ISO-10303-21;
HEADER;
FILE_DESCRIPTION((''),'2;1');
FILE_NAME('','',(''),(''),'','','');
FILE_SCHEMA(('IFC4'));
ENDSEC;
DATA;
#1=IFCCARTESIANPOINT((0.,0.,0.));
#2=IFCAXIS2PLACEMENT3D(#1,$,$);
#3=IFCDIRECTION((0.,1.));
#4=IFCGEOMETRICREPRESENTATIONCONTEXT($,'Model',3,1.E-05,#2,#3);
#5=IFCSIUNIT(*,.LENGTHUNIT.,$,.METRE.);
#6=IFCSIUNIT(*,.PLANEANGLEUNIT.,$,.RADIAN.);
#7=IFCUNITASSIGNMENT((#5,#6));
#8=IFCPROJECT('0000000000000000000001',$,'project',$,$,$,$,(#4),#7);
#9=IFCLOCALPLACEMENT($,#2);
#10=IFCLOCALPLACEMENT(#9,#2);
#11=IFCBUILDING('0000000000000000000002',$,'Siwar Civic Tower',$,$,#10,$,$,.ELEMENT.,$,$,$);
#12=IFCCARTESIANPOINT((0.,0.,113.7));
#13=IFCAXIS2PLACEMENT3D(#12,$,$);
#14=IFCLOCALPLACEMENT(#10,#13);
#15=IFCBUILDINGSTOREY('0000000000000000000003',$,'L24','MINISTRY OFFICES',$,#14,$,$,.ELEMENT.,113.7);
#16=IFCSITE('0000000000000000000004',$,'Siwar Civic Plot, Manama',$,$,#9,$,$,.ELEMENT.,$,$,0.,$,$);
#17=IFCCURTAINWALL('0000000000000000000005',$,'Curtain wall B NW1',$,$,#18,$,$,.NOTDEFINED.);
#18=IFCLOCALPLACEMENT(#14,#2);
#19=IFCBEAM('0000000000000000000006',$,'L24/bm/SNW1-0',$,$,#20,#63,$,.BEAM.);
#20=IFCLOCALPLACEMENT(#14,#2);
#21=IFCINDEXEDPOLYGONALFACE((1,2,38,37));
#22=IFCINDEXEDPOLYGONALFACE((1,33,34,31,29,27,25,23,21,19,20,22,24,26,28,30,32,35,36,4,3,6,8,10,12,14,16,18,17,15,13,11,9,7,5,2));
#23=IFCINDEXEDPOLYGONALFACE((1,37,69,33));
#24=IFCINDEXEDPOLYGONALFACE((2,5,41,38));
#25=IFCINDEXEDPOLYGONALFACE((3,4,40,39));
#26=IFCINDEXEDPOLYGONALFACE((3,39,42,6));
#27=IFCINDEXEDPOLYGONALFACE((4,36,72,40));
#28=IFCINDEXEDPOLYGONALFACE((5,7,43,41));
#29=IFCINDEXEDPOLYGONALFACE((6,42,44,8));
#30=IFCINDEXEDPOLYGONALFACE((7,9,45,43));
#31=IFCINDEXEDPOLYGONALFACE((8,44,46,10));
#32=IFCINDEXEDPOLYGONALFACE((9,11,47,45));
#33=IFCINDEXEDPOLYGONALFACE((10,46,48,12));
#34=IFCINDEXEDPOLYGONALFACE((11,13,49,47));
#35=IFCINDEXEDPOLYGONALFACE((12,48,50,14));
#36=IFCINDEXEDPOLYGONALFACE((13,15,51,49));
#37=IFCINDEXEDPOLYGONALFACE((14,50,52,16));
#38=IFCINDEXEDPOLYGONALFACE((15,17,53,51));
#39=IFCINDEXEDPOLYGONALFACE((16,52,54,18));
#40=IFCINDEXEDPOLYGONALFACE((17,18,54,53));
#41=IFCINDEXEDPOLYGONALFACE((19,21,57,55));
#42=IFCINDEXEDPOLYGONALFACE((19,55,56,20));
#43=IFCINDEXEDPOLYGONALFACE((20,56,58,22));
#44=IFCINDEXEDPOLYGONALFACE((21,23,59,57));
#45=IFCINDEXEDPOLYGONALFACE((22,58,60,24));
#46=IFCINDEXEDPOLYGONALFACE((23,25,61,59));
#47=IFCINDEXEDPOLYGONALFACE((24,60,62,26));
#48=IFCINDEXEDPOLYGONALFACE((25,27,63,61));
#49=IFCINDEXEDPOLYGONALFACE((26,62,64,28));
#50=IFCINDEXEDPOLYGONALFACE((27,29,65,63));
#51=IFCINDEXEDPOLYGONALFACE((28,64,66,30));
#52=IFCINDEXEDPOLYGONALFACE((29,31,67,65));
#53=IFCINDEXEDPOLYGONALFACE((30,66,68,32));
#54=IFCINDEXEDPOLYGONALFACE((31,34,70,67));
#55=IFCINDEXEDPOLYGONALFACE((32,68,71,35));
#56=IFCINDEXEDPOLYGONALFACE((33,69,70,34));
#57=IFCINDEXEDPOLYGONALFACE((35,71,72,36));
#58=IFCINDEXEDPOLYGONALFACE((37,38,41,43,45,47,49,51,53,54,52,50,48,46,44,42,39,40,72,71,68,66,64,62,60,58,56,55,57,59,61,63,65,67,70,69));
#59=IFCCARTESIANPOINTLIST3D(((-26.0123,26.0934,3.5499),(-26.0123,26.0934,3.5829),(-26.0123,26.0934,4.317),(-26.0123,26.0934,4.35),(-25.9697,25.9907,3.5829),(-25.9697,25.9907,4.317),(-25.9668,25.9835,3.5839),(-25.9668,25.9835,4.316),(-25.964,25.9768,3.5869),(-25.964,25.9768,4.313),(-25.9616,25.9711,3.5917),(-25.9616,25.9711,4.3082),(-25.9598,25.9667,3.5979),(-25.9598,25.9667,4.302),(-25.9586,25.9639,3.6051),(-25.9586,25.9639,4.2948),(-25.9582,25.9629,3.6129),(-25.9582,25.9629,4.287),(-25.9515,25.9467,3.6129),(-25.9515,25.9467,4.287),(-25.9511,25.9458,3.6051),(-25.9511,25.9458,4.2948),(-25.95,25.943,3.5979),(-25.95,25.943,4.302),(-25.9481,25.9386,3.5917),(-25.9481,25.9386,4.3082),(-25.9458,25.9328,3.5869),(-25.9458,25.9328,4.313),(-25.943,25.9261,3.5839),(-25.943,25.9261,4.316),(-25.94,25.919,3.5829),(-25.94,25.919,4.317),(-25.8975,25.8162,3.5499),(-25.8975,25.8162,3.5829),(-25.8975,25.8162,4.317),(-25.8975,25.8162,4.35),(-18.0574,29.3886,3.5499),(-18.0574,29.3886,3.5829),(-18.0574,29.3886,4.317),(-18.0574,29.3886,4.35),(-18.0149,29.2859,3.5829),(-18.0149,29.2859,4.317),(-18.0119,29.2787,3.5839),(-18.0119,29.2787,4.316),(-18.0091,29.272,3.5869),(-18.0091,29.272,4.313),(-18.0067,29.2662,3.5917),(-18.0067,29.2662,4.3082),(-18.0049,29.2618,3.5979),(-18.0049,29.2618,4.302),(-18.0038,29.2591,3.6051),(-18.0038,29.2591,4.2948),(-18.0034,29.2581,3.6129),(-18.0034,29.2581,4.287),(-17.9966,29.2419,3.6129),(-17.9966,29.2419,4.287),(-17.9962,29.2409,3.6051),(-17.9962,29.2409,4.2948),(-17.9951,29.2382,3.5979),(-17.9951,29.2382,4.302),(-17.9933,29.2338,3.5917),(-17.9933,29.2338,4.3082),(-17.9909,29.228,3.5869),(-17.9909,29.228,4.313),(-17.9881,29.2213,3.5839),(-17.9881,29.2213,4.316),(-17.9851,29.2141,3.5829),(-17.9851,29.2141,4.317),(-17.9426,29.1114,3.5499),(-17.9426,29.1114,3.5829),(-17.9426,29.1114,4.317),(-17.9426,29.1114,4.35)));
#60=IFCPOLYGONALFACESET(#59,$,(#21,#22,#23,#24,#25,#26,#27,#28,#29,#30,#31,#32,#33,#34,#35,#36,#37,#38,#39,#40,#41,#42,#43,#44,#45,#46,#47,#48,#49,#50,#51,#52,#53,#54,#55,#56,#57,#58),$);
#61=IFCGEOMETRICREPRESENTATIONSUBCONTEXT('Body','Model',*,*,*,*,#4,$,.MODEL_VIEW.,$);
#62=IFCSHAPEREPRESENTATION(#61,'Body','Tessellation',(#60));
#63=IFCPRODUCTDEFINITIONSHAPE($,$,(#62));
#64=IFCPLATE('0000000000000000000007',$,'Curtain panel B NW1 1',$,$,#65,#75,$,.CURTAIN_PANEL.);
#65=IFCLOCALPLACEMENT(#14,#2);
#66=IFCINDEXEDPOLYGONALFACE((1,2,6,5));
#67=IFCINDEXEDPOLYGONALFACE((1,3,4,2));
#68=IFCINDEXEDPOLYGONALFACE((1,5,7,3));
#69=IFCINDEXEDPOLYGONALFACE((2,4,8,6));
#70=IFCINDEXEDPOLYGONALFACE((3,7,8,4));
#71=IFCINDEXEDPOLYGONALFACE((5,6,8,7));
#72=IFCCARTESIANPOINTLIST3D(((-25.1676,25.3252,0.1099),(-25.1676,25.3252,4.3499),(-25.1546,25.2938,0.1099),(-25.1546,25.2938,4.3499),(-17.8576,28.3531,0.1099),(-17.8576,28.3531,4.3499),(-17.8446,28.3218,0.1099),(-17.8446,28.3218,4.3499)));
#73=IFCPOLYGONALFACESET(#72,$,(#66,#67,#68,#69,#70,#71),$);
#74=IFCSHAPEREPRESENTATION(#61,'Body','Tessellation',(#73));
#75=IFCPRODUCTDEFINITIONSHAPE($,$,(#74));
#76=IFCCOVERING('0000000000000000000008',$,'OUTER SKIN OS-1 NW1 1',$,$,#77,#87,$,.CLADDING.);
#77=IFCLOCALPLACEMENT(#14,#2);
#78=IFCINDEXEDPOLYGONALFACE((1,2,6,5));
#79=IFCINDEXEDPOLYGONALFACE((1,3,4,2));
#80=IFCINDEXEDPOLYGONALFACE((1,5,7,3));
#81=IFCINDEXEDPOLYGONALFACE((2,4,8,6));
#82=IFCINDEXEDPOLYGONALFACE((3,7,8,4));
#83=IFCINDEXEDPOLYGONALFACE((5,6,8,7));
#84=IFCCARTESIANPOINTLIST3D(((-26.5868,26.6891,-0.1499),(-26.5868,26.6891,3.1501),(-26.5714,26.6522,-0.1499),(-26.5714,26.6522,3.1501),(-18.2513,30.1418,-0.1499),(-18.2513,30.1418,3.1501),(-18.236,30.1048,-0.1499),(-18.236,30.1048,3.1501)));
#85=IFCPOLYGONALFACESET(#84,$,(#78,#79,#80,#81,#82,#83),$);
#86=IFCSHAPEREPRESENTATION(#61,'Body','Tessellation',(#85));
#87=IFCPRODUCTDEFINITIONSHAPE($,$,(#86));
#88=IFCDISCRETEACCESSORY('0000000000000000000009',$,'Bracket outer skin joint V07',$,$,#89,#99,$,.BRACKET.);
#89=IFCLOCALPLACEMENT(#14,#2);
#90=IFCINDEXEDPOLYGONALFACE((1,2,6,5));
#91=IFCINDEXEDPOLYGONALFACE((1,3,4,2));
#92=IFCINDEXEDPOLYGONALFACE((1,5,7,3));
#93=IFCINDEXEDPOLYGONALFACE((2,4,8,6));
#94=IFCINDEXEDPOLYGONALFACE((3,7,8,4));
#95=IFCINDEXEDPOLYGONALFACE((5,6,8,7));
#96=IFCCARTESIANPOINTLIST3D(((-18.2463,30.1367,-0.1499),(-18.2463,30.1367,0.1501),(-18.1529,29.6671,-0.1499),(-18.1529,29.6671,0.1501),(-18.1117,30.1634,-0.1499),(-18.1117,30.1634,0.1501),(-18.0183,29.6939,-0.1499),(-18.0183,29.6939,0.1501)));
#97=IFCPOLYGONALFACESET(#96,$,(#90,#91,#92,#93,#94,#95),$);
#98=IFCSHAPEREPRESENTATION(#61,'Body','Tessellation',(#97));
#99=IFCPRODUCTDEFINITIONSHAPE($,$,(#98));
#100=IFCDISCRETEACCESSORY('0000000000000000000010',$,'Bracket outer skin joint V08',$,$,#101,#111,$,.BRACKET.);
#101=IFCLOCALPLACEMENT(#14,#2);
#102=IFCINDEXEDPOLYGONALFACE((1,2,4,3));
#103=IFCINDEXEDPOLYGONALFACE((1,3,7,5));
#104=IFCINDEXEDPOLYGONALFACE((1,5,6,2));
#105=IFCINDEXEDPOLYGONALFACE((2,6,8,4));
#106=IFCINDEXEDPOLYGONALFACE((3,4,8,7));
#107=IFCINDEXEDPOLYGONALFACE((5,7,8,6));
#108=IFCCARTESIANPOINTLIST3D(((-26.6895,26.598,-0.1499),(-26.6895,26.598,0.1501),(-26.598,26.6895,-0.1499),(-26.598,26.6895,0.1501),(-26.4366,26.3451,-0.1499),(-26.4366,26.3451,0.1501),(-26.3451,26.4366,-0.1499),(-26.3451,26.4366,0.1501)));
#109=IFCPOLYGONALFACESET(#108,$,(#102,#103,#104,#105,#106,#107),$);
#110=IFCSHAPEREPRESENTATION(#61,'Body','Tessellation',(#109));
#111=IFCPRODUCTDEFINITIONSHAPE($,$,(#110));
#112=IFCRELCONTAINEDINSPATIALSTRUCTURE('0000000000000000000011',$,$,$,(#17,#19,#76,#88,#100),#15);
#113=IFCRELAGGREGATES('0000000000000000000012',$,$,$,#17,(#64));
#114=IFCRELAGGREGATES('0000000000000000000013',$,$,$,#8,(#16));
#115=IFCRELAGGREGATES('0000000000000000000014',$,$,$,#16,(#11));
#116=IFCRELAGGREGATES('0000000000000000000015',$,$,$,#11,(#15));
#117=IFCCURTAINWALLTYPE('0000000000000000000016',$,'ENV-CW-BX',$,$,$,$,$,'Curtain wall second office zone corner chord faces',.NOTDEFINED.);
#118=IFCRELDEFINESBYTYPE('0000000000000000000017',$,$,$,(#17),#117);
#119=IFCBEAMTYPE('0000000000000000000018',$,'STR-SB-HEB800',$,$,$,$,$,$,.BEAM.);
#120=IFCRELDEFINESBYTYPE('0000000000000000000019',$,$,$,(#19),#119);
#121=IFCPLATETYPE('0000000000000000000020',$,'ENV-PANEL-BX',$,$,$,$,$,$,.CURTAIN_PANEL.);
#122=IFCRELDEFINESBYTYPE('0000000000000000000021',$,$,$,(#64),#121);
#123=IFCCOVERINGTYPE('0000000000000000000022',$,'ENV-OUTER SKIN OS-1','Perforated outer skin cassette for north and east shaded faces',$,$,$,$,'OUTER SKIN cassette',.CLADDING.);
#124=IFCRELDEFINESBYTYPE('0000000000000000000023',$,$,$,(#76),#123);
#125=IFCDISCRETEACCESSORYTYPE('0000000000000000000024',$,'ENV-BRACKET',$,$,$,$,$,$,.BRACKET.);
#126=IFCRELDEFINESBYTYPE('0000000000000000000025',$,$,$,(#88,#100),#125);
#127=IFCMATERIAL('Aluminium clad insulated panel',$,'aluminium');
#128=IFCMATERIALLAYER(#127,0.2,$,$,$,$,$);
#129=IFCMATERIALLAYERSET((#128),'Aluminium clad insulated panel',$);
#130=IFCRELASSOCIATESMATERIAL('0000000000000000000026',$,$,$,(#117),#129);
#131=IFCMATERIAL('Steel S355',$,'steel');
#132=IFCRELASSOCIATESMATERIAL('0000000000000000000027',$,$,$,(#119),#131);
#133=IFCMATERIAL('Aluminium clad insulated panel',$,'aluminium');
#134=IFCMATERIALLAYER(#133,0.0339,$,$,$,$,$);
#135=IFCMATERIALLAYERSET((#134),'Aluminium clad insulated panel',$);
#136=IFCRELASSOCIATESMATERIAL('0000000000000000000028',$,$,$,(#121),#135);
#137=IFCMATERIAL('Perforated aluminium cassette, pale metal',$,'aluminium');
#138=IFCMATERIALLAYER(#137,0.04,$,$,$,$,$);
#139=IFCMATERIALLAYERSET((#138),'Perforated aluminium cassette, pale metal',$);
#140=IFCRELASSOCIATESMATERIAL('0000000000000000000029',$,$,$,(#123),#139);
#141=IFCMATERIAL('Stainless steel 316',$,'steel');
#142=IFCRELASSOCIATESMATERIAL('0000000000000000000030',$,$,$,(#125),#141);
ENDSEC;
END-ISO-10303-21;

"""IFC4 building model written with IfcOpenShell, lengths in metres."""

from ifc_helpers import new_model, si_unit, direction, frame, origin, origin_2d, place, context, subcontext, project, spatial, rectangle, i_section, extrude, material, layer, layer_set, material_profile, profile_set, type_object, element, aggregate, save


model = new_model("IFC4")

# Units and contexts
model_context = context("Model", 3, precision=1e-05, world=origin(), true_north=direction((0.0, 1.0)))
body_context = subcontext(model_context, "Body", "Model", "MODEL_VIEW")
ifc_project = project(units=[si_unit("LENGTHUNIT", "METRE"), si_unit("PLANEANGLEUNIT", "RADIAN")], contexts=[model_context])

# Site, building, storey
site_placement = place(None, origin())
site = spatial("IfcSite", under=ifc_project, at=site_placement, Name="Siwar Civic Plot, Manama", CompositionType="ELEMENT", RefElevation=0.0)
building_placement = place(site_placement, origin())
building = spatial("IfcBuilding", under=site, at=building_placement, Name="Siwar Civic Tower", CompositionType="ELEMENT")
storey_placement = place(building_placement, frame((0.0, 0.0, 113.7)))
storey = spatial("IfcBuildingStorey", under=building, at=storey_placement, Name="L24", Description="MINISTRY OFFICES", CompositionType="ELEMENT", Elevation=113.7)

# Curtain wall
ifc_material_1 = material(Name="Aluminium clad insulated panel", Category="aluminium")
ifc_layer_1 = layer(ifc_material_1, 0.2)
ifc_layer_set_1 = layer_set([ifc_layer_1], Name="Aluminium clad insulated panel")
curtain_wall_type = type_object("IfcCurtainWallType", Name="ENV-CW-BX", ElementType="Curtain wall second office zone corner chord faces", PredefinedType="NOTDEFINED", material=ifc_layer_set_1)
curtain_wall_placement = place(storey_placement, origin())
curtain_wall = element("IfcCurtainWall", 1, at=curtain_wall_placement, inside=storey, type_object=curtain_wall_type, Name="Curtain wall B NW1", PredefinedType="NOTDEFINED")

# Beam
ifc_material_2 = material(Name="Steel S355", Category="steel")
ifc_material_profile_1 = material_profile(ifc_material_2, i_section(OverallWidth=0.3, OverallDepth=0.8, WebThickness=0.0176, FlangeThickness=0.033, FilletRadius=0.03, at=origin_2d()), Name="HEB800")
ifc_profile_set_1 = profile_set([ifc_material_profile_1], Name="Steel S355")
beam_type_1 = type_object("IfcBeamType", Name="STR-SB-HEB800", PredefinedType="BEAM", material=ifc_profile_set_1)
beam_1_placement = place(storey_placement, frame((-18.0, 29.25, 3.95), z_axis=(-0.923873, -0.3827, 0.0), x_axis=(0.3827, -0.923873, 0.0)))
element("IfcBeam", 2, at=beam_1_placement, inside=storey, type_object=beam_type_1, Name="L24/bm/SNW1-0", PredefinedType="BEAM", context=body_context, shape_type="SweptSolid", body=[
    extrude(i_section(OverallWidth=0.3, OverallDepth=0.8, WebThickness=0.0176, FlangeThickness=0.033, FilletRadius=0.03, at=origin_2d()), origin(), (0.0, 0.0, 1.0), 8.6104),
])

# Plate
ifc_material_3 = material(Name="Aluminium clad insulated panel", Category="aluminium")
ifc_layer_2 = layer(ifc_material_3, 0.0339)
ifc_layer_set_2 = layer_set([ifc_layer_2], Name="Aluminium clad insulated panel")
plate_type = type_object("IfcPlateType", Name="ENV-PANEL-BX", PredefinedType="CURTAIN_PANEL", material=ifc_layer_set_2)
plate_placement = place(storey_placement, frame((-21.5061, 26.8235, 0.1099), z_axis=(0.0, 0.0, 1.0), x_axis=(-0.92388, -0.382683, 0.0)))
plate = element("IfcPlate", 3, at=plate_placement, type_object=plate_type, Name="Curtain panel B NW1 1", PredefinedType="CURTAIN_PANEL", context=body_context, shape_type="SweptSolid", body=[
    extrude(rectangle(XDim=7.9124, YDim=0.0339, at=origin_2d()), origin(), (0.0, 0.0, 1.0), 4.24),
])
aggregate(curtain_wall, [plate])

# Covering
ifc_material_4 = material(Name="Perforated aluminium cassette, pale metal", Category="aluminium")
ifc_layer_3 = layer(ifc_material_4, 0.04)
ifc_layer_set_3 = layer_set([ifc_layer_3], Name="Perforated aluminium cassette, pale metal")
covering_type = type_object("IfcCoveringType", Name="ENV-OUTER SKIN OS-1", Description="Perforated outer skin cassette for north and east shaded faces", ElementType="OUTER SKIN cassette", PredefinedType="CLADDING", material=ifc_layer_set_3)
covering_placement = place(storey_placement, frame((-22.4114, 28.397, -0.1499), z_axis=(0.0, 0.0, 1.0), x_axis=(-0.92388, -0.382683, 0.0)))
element("IfcCovering", 4, at=covering_placement, inside=storey, type_object=covering_type, Name="OUTER SKIN OS-1 NW1 1", PredefinedType="CLADDING", context=body_context, shape_type="SweptSolid", body=[
    extrude(rectangle(XDim=9.0222, YDim=0.04, at=origin_2d()), origin(), (0.0, 0.0, 1.0), 3.3),
])

# Discrete accessories
ifc_material_5 = material(Name="Stainless steel 316", Category="steel")
discrete_accessory_type = type_object("IfcDiscreteAccessoryType", Name="ENV-BRACKET", PredefinedType="BRACKET", material=ifc_material_5)
discrete_accessory_1_placement = place(storey_placement, frame((-18.1323, 29.9153, -0.1499), z_axis=(0.0, 0.0, 1.0), x_axis=(-0.19509, 0.980785, 0.0)))
element("IfcDiscreteAccessory", 5, at=discrete_accessory_1_placement, inside=storey, type_object=discrete_accessory_type, Name="Bracket outer skin joint V07", PredefinedType="BRACKET", context=body_context, shape_type="SweptSolid", body=[
    extrude(rectangle(XDim=0.4788, YDim=0.1372, at=origin_2d()), origin(), (0.0, 0.0, 1.0), 0.3),
])
discrete_accessory_2_placement = place(storey_placement, frame((-26.5173, 26.5173, -0.1499), z_axis=(0.0, 0.0, 1.0), x_axis=(-0.707107, 0.707107, 0.0)))
element("IfcDiscreteAccessory", 6, at=discrete_accessory_2_placement, inside=storey, type_object=discrete_accessory_type, Name="Bracket outer skin joint V08", PredefinedType="BRACKET", context=body_context, shape_type="SweptSolid", body=[
    extrude(rectangle(XDim=0.3577, YDim=0.1294, at=origin_2d()), origin(), (0.0, 0.0, 1.0), 0.3),
])

save(model, "model.ifc")
